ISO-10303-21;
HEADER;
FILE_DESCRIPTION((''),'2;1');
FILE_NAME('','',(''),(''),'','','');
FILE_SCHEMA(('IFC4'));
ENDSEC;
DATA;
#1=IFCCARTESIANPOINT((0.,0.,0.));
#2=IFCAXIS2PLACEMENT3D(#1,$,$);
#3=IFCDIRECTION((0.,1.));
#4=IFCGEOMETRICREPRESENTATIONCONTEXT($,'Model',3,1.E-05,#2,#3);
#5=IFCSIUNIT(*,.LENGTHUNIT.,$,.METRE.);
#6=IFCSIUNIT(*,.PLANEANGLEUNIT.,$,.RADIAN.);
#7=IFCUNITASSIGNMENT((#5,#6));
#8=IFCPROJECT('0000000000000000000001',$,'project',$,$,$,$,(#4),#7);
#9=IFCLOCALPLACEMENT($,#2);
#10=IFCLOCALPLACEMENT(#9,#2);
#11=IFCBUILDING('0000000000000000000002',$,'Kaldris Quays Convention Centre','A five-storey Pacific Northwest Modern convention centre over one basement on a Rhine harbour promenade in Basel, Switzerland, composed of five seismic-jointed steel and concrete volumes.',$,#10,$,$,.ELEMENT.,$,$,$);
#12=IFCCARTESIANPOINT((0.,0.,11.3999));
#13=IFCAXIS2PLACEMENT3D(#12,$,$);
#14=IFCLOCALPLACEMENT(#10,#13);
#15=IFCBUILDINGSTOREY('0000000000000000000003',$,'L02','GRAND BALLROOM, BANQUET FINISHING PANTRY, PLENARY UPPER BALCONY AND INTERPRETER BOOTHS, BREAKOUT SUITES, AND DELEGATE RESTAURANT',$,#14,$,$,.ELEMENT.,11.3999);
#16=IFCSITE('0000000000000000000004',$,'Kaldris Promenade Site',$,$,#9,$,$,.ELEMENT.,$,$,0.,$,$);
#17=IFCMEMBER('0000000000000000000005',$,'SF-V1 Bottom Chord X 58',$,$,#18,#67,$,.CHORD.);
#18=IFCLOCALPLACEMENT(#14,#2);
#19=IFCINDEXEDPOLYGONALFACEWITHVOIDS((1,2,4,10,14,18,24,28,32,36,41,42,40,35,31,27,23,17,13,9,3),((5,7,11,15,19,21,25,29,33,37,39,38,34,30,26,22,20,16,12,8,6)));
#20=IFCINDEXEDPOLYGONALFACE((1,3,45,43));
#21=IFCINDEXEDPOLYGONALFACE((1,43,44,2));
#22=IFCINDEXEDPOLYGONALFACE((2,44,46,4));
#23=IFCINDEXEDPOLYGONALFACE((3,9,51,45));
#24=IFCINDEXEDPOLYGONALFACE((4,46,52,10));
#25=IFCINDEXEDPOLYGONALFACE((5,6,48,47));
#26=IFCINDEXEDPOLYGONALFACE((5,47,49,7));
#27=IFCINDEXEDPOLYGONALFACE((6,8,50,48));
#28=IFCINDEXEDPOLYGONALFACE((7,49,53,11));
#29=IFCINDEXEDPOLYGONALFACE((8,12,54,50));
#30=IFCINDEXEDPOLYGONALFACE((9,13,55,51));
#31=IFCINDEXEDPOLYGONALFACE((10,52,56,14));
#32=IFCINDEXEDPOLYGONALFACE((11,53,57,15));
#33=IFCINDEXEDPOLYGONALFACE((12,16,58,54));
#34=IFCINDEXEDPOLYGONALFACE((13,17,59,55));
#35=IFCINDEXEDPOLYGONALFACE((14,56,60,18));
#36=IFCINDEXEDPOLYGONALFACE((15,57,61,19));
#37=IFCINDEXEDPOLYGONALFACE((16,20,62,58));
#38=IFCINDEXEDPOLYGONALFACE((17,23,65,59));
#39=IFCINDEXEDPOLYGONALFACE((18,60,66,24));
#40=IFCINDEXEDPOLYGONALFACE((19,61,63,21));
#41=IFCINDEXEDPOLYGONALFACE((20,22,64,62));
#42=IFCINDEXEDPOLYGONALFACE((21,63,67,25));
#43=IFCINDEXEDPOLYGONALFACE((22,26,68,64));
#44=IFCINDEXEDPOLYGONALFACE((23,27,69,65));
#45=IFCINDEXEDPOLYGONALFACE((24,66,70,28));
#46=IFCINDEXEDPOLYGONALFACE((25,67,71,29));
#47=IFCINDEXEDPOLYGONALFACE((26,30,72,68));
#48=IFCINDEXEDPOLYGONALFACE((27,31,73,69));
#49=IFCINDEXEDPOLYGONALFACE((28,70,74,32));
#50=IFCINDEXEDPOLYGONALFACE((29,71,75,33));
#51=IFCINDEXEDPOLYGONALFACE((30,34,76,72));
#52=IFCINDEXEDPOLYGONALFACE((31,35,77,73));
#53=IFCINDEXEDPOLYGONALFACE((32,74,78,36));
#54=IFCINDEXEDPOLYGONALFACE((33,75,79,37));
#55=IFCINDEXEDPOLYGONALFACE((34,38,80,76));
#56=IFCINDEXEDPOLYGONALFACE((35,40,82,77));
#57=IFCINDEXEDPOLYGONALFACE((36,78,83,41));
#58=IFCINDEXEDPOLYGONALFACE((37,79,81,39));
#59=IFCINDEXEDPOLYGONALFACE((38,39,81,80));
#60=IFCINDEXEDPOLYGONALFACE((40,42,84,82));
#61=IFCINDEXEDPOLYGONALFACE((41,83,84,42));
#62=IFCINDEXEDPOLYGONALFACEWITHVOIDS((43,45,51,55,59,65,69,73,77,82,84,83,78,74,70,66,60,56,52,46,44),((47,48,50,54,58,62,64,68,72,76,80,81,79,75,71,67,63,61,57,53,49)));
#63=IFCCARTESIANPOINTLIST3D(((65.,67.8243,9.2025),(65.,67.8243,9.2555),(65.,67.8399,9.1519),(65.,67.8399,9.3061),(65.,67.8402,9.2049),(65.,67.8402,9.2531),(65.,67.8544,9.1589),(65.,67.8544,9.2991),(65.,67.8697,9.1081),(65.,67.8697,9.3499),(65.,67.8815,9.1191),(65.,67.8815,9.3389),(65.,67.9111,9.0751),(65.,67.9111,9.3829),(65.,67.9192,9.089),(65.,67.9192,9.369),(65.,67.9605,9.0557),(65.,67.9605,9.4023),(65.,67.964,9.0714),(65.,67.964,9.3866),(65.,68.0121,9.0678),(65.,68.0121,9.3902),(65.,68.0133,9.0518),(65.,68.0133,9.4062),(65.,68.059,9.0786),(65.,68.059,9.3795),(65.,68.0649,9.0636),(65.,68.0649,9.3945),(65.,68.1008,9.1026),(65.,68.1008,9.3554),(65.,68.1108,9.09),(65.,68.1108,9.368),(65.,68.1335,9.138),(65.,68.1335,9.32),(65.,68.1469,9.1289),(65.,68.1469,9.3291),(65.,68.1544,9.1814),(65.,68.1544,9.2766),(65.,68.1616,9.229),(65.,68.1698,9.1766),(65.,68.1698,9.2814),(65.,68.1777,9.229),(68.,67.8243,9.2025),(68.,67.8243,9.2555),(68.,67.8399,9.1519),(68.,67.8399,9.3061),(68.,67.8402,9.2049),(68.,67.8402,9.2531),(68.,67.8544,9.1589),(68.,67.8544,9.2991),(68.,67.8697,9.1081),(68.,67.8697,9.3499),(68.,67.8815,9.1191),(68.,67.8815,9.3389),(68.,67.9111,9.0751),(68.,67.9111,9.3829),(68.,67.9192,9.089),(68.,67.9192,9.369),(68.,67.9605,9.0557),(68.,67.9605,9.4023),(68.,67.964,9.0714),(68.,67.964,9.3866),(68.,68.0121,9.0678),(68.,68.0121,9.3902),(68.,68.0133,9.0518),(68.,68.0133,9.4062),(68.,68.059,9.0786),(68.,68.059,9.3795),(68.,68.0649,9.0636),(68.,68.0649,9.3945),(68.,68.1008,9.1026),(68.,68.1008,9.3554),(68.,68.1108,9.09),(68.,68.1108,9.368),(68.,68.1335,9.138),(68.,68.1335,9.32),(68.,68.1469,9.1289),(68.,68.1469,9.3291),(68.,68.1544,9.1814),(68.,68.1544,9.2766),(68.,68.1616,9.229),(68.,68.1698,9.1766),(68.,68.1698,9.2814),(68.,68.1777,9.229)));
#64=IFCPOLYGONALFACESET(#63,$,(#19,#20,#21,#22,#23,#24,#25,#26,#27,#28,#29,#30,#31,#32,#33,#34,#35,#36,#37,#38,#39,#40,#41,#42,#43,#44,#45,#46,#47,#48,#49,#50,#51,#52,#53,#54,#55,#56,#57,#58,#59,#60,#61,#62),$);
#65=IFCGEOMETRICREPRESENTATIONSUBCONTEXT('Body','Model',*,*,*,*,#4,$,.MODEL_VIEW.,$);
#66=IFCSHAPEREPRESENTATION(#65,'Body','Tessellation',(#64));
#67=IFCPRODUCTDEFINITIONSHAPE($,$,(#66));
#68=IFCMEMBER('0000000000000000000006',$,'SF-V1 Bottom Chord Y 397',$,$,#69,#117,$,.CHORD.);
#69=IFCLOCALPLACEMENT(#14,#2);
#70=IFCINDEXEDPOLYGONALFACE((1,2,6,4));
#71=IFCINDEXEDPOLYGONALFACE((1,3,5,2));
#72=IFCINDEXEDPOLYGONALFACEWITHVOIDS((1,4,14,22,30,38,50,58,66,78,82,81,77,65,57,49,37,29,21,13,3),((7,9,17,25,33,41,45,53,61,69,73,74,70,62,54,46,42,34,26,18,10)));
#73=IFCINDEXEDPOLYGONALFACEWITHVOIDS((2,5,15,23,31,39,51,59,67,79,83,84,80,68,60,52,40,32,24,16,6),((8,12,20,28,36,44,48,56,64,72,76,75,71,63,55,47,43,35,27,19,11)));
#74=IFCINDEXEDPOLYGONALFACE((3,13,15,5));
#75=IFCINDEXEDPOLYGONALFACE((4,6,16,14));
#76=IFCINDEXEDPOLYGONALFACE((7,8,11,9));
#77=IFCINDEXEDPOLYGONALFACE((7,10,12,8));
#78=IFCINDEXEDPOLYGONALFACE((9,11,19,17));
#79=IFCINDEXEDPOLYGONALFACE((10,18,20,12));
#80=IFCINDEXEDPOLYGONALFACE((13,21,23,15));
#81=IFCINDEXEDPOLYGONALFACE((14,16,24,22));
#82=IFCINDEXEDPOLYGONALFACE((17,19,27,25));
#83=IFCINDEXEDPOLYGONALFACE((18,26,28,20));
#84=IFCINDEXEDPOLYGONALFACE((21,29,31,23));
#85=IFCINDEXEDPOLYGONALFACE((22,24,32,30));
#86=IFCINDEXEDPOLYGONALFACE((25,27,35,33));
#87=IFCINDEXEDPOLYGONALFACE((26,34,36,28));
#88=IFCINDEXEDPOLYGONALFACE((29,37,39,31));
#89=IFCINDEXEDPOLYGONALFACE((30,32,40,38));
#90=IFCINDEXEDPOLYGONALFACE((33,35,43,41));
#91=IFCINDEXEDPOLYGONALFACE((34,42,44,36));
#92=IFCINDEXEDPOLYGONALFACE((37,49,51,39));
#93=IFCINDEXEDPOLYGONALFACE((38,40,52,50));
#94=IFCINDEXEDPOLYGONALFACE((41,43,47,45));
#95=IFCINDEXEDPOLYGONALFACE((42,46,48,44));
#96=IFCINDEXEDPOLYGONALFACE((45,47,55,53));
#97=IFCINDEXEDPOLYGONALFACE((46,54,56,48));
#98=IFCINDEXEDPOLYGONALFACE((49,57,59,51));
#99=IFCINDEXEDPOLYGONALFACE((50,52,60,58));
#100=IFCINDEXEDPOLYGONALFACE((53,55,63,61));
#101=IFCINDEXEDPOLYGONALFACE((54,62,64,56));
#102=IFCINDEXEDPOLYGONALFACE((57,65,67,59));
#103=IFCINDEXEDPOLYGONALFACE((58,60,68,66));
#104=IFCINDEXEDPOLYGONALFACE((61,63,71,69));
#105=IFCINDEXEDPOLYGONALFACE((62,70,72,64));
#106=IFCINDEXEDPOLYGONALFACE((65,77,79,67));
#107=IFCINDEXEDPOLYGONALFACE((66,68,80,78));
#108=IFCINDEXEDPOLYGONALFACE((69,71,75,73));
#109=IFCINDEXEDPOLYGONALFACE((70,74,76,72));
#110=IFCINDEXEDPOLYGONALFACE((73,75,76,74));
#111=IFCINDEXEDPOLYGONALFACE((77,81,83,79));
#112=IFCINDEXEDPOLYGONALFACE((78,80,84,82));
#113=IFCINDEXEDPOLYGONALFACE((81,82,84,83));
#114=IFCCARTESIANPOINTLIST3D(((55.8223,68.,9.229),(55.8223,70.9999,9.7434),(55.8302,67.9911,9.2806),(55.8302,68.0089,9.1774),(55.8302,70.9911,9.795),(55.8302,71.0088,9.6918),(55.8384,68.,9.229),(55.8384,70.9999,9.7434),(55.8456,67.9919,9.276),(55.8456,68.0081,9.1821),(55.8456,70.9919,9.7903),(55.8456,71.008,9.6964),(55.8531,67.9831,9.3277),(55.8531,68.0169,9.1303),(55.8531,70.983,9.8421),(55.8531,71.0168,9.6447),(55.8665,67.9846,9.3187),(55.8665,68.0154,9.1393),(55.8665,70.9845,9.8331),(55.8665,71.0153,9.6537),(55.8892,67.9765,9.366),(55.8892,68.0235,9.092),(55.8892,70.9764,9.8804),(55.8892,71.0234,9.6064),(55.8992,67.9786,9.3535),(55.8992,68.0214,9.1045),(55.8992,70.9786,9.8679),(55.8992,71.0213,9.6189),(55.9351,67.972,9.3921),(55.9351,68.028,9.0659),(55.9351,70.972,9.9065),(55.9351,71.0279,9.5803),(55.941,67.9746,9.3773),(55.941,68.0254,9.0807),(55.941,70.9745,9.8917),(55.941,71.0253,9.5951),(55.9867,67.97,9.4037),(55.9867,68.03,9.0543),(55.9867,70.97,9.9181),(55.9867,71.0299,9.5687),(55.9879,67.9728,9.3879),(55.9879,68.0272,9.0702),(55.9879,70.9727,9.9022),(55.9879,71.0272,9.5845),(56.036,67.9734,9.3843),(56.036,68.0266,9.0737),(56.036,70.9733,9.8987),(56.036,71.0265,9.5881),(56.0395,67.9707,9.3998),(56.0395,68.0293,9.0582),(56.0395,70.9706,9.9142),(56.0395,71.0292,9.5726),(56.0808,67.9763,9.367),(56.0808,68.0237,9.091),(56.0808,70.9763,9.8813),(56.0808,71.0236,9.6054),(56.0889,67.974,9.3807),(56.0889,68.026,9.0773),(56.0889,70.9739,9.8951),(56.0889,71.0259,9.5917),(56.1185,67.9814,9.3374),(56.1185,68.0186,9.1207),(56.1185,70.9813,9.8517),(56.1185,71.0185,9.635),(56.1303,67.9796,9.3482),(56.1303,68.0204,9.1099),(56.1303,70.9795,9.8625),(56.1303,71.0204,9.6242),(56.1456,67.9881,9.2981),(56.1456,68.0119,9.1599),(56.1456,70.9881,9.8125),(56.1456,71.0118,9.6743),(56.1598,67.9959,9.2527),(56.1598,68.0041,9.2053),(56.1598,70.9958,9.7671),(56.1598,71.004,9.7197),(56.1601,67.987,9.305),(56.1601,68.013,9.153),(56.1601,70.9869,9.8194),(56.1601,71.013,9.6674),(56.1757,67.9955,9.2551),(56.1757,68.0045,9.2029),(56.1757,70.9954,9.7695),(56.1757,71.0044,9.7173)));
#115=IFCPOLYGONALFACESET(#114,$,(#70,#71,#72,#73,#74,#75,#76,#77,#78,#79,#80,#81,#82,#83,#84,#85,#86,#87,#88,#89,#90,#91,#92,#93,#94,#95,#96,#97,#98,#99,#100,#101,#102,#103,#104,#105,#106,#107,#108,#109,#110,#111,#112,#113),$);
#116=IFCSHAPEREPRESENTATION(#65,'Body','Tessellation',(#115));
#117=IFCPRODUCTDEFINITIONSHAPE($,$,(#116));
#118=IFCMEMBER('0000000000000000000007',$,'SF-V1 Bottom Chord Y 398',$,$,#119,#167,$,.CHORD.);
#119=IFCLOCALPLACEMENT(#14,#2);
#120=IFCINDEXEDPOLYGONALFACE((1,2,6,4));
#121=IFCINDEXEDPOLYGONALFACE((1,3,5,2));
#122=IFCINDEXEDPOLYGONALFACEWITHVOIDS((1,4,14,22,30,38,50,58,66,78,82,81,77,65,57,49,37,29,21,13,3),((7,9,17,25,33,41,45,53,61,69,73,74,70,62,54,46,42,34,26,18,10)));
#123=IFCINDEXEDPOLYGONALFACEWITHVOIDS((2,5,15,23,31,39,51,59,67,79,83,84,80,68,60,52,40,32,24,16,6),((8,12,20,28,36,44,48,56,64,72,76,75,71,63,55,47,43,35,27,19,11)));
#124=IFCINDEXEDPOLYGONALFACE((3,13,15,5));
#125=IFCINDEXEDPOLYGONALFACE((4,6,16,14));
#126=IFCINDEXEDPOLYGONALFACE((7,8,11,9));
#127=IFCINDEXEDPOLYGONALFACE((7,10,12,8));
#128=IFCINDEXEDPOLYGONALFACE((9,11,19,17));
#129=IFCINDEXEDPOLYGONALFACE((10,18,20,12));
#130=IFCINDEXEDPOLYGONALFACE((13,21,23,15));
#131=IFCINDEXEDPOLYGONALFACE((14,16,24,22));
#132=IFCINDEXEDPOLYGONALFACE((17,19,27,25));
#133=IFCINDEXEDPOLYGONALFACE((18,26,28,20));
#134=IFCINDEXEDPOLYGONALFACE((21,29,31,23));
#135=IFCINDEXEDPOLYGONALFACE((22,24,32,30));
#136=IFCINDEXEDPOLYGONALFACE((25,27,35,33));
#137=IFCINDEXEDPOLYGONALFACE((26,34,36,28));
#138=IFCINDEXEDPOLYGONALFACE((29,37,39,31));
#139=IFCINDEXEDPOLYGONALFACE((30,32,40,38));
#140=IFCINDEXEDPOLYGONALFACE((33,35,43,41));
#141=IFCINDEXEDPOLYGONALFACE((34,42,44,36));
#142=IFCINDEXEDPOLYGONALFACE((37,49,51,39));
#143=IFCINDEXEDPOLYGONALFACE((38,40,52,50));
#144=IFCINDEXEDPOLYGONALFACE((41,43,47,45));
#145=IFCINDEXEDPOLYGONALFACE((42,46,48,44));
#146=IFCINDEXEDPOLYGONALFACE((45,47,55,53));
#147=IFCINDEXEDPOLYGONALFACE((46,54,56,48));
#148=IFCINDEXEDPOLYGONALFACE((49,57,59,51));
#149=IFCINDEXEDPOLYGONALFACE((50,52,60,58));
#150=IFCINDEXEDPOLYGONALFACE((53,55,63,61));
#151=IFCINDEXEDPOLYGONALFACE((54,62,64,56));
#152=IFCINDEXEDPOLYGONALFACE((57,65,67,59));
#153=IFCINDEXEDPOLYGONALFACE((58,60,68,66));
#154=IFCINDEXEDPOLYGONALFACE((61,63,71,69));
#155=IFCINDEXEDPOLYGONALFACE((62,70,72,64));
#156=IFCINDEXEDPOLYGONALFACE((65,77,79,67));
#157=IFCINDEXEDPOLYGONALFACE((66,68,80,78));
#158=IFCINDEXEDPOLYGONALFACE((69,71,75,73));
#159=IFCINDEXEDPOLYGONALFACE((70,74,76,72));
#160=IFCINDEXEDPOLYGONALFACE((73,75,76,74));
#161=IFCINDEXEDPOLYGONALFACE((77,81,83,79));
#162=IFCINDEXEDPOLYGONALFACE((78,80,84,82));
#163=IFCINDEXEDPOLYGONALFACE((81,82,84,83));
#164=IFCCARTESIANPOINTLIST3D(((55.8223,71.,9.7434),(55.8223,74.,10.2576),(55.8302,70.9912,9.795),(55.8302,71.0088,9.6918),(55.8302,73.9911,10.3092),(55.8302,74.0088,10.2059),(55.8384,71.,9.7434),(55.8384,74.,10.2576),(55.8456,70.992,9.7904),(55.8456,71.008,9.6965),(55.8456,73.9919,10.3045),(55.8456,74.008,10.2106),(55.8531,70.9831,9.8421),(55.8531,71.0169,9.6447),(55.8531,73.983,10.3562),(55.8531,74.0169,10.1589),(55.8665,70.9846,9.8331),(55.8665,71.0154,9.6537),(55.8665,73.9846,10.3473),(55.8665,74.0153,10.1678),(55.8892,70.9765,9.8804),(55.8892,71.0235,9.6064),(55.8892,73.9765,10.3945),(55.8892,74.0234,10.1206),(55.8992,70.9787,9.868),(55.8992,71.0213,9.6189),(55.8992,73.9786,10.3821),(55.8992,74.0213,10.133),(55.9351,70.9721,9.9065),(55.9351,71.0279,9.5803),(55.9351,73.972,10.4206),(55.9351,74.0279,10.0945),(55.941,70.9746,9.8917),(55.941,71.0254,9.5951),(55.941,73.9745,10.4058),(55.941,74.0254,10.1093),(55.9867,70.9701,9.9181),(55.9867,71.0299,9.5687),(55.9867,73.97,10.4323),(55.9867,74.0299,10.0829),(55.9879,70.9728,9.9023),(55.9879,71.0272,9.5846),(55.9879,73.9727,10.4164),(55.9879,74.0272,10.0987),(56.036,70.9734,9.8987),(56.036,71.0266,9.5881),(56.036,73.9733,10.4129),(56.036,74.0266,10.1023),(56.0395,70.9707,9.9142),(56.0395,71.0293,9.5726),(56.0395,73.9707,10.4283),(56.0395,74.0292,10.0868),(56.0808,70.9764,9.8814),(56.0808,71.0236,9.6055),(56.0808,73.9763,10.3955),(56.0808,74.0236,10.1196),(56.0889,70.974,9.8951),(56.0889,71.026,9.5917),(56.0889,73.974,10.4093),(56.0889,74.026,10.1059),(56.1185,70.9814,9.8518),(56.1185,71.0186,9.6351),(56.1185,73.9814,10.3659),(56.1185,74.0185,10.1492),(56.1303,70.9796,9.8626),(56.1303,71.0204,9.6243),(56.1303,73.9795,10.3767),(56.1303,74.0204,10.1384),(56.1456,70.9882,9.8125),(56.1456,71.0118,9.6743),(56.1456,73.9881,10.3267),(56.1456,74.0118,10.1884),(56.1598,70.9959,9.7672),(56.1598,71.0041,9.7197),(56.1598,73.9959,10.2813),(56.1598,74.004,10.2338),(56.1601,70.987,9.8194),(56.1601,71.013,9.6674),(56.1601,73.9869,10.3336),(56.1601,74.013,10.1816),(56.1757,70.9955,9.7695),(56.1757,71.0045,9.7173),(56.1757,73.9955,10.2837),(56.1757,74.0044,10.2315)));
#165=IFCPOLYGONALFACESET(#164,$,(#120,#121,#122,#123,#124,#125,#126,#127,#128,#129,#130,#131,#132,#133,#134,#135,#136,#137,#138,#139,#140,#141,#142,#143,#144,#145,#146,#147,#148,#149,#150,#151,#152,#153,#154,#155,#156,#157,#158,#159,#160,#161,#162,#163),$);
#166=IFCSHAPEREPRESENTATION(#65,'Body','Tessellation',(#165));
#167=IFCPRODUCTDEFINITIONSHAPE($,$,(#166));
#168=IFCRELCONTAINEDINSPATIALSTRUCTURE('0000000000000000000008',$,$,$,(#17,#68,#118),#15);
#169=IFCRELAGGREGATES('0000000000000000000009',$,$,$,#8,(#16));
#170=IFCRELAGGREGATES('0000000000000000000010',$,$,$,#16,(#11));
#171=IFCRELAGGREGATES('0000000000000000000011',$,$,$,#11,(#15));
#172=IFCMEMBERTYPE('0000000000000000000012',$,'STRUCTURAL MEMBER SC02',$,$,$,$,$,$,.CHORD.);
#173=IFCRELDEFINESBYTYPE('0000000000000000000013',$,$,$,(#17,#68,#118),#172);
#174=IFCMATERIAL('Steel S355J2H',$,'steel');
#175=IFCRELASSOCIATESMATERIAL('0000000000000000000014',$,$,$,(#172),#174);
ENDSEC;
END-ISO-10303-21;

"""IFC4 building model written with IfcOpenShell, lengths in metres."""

from ifc_helpers import new_model, si_unit, direction, frame, origin, origin_2d, place, context, subcontext, project, spatial, hollow_circle, extrude, material, material_profile, profile_set, type_object, element, save


model = new_model("IFC4")

# Units and contexts
model_context = context("Model", 3, precision=1e-05, world=origin(), true_north=direction((0.0, 1.0)))
body_context = subcontext(model_context, "Body", "Model", "MODEL_VIEW")
ifc_project = project(units=[si_unit("LENGTHUNIT", "METRE"), si_unit("PLANEANGLEUNIT", "RADIAN")], contexts=[model_context])

# Site, building, storey
site_placement = place(None, origin())
site = spatial("IfcSite", under=ifc_project, at=site_placement, Name="Kaldris Promenade Site", CompositionType="ELEMENT", RefElevation=0.0)
building_placement = place(site_placement, origin())
building = spatial("IfcBuilding", under=site, at=building_placement, Name="Kaldris Quays Convention Centre", Description="A five-storey Pacific Northwest Modern convention centre over one basement on a Rhine harbour promenade in Basel, Switzerland, composed of five seismic-jointed steel and concrete volumes.", CompositionType="ELEMENT")
storey_placement = place(building_placement, frame((0.0, 0.0, 11.3999)))
storey = spatial("IfcBuildingStorey", under=building, at=storey_placement, Name="L02", Description="GRAND BALLROOM, BANQUET FINISHING PANTRY, PLENARY UPPER BALCONY AND INTERPRETER BOOTHS, BREAKOUT SUITES, AND DELEGATE RESTAURANT", CompositionType="ELEMENT", Elevation=11.3999)

# Members
ifc_material = material(Name="Steel S355J2H", Category="steel")
ifc_material_profile_1 = material_profile(ifc_material, hollow_circle(Radius=0.1777, WallThickness=0.0161, at=origin_2d()), Name="CHS 355.6x16")
ifc_profile_set_1 = profile_set([ifc_material_profile_1], Name="Steel S355J2H")
member_type_1 = type_object("IfcMemberType", Name="STRUCTURAL MEMBER SC02", PredefinedType="CHORD", material=ifc_profile_set_1)
for number, where, z_axis, x_axis, name in (
    (1, (65.0, 68.0, 9.229), (1.0, 0.0, 0.0), (0.0, 1.0, 0.0), "SF-V1 Bottom Chord X 58"),
):
    element("IfcMember", number, at=place(storey_placement, frame(where, z_axis=z_axis, x_axis=x_axis)), inside=storey, type_object=member_type_1, Name=name, PredefinedType="CHORD", context=body_context, shape_type="SweptSolid", body=[
        extrude(hollow_circle(Radius=0.1777, WallThickness=0.0161, at=origin_2d()), origin(), (0.0, 0.0, 1.0), 3.0),
    ])
for number, where, z_axis, x_axis, name in (
    (2, (56.0, 68.0, 9.229), (0.0, 0.985616, 0.169002), (-1.0, 0.0, 0.0), "SF-V1 Bottom Chord Y 397"),
    (3, (56.0, 71.0, 9.7434), (0.0, 0.985629, 0.168924), (-1.0, 0.0, 0.0), "SF-V1 Bottom Chord Y 398"),
):
    element("IfcMember", number, at=place(storey_placement, frame(where, z_axis=z_axis, x_axis=x_axis)), inside=storey, type_object=member_type_1, Name=name, PredefinedType="CHORD", context=body_context, shape_type="SweptSolid", body=[
        extrude(hollow_circle(Radius=0.1777, WallThickness=0.0161, at=origin_2d()), origin(), (0.0, 0.0, 1.0), 3.0437),
    ])

save(model, "model.ifc")
